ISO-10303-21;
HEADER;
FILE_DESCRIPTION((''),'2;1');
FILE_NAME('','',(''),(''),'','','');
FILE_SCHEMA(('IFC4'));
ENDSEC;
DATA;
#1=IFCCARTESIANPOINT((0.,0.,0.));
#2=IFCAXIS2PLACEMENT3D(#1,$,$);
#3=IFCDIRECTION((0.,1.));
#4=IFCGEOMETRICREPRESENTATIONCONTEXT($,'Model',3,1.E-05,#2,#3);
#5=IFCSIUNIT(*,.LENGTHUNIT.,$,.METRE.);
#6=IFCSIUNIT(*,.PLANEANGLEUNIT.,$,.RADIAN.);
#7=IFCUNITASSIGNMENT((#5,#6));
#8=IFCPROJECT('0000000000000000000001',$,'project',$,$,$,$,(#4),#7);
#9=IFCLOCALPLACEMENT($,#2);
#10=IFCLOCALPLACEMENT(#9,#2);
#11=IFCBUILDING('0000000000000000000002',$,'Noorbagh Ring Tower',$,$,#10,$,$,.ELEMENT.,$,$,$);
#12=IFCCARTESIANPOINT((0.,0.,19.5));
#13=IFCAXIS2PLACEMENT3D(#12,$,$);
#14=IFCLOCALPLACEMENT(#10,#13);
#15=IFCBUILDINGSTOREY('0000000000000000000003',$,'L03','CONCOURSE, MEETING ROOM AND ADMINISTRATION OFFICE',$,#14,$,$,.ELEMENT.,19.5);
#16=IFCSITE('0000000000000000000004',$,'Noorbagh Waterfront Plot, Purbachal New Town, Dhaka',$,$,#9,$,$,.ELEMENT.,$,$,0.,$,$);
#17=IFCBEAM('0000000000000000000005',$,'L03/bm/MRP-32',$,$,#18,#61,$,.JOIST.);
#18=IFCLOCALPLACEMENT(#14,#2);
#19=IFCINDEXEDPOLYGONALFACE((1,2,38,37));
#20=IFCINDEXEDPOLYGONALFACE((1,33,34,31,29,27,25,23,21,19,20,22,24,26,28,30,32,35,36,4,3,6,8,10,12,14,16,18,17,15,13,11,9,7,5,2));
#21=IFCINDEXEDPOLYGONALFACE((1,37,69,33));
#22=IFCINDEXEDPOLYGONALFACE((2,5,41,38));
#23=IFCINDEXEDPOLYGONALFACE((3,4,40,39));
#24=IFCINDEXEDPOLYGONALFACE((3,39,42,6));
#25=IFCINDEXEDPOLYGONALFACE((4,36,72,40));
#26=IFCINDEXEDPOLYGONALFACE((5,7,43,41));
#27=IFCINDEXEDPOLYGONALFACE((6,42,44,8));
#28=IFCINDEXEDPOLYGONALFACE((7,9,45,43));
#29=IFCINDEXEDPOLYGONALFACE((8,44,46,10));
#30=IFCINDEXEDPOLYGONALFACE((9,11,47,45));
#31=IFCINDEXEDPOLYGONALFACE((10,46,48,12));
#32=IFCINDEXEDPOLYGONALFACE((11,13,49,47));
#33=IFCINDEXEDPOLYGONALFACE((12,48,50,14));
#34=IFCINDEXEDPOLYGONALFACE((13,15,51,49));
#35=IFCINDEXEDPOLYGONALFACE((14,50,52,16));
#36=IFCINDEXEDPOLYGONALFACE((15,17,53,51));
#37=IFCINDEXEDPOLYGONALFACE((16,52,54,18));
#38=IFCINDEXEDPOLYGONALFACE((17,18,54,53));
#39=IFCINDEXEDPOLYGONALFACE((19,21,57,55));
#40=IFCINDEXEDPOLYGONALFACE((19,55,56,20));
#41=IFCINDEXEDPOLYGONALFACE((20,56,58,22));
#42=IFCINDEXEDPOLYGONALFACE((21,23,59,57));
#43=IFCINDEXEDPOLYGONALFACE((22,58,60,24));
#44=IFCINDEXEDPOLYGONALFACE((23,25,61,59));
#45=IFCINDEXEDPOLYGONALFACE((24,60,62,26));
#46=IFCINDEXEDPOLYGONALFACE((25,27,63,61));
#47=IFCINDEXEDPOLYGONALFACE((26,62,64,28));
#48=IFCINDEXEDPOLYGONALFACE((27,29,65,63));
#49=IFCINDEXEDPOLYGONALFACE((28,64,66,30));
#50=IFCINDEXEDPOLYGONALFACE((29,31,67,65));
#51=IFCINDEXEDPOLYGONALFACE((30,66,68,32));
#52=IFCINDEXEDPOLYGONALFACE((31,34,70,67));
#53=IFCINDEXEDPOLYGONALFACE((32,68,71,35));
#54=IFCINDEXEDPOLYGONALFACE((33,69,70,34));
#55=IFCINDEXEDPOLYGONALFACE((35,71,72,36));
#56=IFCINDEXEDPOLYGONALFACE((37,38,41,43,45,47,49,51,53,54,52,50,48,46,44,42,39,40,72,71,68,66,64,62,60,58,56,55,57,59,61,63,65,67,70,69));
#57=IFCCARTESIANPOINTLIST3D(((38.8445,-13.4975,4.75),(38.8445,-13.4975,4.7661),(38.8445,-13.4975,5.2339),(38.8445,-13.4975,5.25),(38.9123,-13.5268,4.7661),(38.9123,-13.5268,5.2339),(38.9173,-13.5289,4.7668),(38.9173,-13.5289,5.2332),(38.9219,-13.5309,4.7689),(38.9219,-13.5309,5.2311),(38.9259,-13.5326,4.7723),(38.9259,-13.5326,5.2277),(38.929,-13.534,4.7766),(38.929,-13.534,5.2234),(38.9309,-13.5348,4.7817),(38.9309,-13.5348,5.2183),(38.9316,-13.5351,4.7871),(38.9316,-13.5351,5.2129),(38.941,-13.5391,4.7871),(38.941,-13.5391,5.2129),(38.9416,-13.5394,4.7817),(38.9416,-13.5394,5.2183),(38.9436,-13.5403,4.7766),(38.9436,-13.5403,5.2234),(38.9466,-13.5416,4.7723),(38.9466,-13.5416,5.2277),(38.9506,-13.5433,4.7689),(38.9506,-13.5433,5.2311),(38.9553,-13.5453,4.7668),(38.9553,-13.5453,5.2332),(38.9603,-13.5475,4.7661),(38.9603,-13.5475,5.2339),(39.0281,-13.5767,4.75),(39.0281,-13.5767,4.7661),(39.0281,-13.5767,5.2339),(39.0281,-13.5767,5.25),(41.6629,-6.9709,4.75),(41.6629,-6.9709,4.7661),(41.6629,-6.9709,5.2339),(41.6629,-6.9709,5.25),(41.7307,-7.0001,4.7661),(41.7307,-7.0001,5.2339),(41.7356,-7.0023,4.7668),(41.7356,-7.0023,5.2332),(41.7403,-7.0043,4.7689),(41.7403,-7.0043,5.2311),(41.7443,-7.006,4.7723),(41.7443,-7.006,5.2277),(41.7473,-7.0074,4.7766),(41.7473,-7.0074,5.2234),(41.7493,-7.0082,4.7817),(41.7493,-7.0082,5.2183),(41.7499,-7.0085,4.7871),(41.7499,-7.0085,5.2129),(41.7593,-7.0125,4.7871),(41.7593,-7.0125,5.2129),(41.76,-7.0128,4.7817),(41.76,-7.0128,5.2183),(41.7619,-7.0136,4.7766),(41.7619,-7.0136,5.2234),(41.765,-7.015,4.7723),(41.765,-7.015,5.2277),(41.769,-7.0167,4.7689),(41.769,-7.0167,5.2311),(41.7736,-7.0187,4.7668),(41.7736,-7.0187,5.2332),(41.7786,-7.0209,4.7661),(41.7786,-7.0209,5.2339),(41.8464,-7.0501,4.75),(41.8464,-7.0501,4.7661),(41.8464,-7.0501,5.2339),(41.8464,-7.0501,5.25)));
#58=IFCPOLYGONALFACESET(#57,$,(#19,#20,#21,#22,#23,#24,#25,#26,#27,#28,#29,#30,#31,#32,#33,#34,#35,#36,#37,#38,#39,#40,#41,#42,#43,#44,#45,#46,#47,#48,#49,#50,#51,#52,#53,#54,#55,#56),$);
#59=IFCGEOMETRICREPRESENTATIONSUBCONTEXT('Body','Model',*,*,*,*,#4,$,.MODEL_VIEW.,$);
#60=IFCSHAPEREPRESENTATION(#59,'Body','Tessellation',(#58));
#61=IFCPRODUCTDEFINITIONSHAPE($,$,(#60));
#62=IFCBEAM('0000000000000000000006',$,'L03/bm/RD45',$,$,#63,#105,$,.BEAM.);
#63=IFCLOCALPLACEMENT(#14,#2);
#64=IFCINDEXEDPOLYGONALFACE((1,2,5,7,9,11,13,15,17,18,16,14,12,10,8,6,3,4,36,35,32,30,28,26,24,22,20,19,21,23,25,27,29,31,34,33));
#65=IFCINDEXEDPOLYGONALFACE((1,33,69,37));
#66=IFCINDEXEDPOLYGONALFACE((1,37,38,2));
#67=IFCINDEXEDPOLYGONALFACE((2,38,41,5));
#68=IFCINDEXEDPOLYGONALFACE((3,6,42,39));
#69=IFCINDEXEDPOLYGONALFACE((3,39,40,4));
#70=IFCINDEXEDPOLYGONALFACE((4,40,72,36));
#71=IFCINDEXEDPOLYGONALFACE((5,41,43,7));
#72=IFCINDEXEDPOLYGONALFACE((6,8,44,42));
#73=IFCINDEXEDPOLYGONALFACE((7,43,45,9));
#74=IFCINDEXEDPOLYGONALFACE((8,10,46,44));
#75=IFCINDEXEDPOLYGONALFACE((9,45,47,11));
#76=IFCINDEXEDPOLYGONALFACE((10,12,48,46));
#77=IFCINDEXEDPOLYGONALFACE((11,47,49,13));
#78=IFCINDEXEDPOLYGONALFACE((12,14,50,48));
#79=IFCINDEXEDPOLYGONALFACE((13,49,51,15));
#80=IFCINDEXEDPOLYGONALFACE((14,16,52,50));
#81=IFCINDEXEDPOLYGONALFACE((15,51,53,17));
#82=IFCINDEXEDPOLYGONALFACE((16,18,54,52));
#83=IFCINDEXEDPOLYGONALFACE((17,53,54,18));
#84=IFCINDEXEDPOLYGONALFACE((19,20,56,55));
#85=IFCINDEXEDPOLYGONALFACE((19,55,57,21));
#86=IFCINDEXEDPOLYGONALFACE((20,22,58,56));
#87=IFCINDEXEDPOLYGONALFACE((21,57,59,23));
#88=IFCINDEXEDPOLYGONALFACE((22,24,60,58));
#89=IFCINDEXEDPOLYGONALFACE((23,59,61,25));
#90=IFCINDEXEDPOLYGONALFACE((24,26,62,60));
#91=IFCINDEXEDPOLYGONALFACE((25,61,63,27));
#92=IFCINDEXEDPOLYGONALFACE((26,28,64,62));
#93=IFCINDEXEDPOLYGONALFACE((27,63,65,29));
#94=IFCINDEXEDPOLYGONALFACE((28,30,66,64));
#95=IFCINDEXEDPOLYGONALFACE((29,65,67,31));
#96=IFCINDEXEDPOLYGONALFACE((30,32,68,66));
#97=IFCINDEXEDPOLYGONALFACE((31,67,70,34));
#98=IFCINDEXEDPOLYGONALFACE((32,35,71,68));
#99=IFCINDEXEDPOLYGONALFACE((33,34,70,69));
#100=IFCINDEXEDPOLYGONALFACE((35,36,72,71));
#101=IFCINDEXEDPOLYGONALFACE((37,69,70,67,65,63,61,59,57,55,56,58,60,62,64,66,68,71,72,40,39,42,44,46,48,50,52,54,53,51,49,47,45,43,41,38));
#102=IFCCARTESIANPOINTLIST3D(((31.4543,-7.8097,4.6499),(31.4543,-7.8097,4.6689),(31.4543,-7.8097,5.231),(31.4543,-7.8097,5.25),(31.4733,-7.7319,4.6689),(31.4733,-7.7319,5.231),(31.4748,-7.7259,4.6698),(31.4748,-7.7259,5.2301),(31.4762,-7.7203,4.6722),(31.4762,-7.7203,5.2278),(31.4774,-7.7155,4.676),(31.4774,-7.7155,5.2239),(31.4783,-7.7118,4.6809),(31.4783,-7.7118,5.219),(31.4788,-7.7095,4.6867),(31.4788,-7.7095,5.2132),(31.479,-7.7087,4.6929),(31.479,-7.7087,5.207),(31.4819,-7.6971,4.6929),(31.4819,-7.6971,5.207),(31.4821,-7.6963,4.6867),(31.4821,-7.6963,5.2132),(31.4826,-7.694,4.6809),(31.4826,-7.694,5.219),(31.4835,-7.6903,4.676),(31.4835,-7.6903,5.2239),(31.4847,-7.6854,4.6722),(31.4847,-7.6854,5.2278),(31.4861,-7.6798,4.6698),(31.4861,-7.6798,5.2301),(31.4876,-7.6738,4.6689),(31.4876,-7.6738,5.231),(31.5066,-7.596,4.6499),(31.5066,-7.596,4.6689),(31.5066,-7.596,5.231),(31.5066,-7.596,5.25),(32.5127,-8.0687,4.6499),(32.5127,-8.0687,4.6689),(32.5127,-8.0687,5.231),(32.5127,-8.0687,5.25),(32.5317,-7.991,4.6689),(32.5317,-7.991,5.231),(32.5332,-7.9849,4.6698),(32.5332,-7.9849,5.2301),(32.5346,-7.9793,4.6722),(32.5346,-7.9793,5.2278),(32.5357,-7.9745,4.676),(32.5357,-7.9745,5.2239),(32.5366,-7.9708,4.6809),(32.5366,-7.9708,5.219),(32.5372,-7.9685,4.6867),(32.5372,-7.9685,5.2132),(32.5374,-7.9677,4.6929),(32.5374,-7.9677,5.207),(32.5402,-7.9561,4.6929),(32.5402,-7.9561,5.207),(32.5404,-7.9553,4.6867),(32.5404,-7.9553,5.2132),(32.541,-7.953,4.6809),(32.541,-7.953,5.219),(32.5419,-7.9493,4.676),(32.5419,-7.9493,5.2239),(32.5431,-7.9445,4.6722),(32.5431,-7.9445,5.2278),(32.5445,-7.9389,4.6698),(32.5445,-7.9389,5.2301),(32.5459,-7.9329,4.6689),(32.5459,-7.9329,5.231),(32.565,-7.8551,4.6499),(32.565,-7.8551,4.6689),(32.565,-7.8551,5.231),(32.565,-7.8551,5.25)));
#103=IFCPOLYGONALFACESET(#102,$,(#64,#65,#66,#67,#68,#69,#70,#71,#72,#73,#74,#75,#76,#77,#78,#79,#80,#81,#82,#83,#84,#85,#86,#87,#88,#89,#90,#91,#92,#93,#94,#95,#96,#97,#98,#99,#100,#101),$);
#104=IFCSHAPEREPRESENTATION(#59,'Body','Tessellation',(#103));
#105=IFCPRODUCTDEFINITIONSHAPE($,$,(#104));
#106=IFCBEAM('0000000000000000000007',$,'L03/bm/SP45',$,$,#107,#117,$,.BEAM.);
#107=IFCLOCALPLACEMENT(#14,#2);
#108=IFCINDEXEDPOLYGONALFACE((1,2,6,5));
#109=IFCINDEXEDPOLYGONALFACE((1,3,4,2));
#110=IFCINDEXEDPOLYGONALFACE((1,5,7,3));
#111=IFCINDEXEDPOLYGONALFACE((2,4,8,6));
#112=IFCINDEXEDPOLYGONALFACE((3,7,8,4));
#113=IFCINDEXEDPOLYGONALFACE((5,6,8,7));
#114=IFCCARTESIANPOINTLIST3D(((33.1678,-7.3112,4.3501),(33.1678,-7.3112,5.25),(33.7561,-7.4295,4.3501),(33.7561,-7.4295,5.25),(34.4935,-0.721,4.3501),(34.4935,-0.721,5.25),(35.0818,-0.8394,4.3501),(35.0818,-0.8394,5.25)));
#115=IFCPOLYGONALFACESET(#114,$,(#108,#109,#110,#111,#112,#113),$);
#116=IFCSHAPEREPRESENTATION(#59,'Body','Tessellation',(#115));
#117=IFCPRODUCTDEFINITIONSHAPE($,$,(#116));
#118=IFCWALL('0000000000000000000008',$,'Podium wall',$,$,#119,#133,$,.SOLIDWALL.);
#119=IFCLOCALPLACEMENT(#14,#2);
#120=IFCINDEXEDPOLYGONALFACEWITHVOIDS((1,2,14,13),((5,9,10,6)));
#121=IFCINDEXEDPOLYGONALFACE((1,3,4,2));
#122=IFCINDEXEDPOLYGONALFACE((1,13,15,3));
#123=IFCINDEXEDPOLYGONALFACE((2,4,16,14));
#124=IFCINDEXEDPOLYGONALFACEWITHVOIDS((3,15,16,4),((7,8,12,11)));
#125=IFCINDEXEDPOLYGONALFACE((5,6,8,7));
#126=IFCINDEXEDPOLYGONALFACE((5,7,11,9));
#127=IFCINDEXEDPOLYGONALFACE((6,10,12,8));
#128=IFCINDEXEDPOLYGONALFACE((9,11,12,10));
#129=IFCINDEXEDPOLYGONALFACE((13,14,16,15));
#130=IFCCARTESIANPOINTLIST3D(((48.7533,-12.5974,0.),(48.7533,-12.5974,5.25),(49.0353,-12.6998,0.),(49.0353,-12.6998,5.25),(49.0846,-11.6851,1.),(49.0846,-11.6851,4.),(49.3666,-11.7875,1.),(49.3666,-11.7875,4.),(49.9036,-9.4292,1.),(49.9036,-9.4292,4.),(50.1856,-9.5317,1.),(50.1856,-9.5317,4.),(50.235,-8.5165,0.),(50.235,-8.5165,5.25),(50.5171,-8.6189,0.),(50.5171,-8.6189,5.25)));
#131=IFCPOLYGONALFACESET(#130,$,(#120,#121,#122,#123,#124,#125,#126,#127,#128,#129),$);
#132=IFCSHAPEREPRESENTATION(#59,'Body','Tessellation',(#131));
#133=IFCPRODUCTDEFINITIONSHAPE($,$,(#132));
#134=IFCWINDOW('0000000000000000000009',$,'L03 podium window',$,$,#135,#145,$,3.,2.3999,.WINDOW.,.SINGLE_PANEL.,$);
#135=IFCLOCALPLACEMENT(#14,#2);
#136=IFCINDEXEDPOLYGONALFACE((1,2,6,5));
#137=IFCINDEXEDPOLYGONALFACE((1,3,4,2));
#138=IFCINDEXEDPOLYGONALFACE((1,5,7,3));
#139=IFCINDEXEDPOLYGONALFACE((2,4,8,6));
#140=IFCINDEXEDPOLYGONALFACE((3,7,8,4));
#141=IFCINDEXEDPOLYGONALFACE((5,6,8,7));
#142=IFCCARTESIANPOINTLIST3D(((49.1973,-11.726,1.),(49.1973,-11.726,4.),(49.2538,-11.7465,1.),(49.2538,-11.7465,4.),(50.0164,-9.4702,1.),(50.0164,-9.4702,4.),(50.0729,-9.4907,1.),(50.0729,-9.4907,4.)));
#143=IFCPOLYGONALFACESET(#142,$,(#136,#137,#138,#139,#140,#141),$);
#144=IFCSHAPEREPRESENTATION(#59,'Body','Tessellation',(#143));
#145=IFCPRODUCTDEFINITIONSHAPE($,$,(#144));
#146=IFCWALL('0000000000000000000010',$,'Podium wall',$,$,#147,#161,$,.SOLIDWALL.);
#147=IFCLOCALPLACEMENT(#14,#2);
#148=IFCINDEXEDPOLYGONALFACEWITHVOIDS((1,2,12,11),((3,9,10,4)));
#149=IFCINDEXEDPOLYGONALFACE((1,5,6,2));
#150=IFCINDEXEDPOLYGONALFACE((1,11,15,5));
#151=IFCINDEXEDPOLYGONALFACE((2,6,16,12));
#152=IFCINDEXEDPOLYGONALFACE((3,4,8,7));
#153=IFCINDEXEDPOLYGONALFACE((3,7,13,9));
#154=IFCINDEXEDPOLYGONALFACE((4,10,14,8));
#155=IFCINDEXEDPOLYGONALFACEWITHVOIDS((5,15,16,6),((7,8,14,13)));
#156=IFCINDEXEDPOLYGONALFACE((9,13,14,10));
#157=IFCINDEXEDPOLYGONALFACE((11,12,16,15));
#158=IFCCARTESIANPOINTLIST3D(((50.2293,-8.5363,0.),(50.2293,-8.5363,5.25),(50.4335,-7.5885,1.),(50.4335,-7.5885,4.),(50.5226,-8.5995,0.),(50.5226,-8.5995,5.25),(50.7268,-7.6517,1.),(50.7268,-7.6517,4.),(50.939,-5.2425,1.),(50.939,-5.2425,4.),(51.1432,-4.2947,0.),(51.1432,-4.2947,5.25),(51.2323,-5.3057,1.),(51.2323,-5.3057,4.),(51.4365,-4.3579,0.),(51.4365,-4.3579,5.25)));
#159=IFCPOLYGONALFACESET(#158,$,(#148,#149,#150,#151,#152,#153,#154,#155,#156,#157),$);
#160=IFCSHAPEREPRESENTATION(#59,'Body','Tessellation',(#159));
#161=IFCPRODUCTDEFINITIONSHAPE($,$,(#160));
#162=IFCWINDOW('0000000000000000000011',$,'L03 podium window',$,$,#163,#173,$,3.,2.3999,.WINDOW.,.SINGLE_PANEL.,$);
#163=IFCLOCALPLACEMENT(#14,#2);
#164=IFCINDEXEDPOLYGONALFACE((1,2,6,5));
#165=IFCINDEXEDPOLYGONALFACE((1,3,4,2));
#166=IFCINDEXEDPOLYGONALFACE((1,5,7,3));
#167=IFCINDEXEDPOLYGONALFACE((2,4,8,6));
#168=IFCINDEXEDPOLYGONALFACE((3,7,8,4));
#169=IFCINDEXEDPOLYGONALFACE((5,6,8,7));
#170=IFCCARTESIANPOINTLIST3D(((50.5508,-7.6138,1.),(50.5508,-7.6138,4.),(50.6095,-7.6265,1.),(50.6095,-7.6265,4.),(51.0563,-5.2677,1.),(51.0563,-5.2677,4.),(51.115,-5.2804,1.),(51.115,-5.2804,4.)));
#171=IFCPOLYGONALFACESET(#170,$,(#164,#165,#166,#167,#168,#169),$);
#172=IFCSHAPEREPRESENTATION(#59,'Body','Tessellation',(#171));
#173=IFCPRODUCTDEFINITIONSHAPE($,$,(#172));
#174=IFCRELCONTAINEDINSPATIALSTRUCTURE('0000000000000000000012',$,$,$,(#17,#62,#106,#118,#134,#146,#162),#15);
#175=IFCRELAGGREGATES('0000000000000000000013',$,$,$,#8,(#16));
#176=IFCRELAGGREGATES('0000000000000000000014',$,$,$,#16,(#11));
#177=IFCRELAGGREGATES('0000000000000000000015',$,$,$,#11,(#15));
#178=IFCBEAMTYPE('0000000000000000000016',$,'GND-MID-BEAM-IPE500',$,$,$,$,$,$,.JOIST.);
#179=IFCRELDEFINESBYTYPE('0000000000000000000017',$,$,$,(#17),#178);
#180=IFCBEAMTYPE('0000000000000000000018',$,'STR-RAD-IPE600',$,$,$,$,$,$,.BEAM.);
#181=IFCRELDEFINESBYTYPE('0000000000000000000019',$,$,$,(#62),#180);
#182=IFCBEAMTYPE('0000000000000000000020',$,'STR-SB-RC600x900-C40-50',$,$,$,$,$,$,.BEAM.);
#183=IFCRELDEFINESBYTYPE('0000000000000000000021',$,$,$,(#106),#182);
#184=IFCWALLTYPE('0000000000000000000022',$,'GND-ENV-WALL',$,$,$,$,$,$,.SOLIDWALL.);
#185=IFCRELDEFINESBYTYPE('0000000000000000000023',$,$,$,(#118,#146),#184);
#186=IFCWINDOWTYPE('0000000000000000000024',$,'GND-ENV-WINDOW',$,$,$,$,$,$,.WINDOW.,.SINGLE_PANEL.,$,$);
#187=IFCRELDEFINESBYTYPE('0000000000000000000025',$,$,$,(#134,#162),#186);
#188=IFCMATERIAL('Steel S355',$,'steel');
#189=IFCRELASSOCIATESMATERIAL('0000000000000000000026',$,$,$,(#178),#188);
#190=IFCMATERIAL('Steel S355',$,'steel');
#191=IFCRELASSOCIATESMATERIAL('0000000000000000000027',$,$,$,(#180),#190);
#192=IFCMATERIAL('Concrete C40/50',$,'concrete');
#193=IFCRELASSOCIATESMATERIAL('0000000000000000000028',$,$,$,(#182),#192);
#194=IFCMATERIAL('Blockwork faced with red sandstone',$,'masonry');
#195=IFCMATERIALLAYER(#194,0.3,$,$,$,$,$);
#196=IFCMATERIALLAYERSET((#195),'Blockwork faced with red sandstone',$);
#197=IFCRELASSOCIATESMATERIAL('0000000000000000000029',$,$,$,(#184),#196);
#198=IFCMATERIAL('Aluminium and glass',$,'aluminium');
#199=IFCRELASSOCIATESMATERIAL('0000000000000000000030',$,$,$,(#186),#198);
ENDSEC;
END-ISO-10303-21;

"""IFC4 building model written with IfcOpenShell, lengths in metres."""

from ifc_helpers import new_model, si_unit, direction, frame, frame_2d, origin, origin_2d, place, context, subcontext, project, spatial, rectangle, i_section, extrude, material, layer, layer_set, material_profile, profile_set, type_object, element, fill, save


model = new_model("IFC4")

# Units and contexts
model_context = context("Model", 3, precision=1e-05, world=origin(), true_north=direction((0.0, 1.0)))
body_context = subcontext(model_context, "Body", "Model", "MODEL_VIEW")
ifc_project = project(units=[si_unit("LENGTHUNIT", "METRE"), si_unit("PLANEANGLEUNIT", "RADIAN")], contexts=[model_context])

# Site, building, storey
site_placement = place(None, origin())
site = spatial("IfcSite", under=ifc_project, at=site_placement, Name="Noorbagh Waterfront Plot, Purbachal New Town, Dhaka", CompositionType="ELEMENT", RefElevation=0.0)
building_placement = place(site_placement, origin())
building = spatial("IfcBuilding", under=site, at=building_placement, Name="Noorbagh Ring Tower", CompositionType="ELEMENT")
storey_placement = place(building_placement, frame((0.0, 0.0, 19.5)))
storey = spatial("IfcBuildingStorey", under=building, at=storey_placement, Name="L03", Description="CONCOURSE, MEETING ROOM AND ADMINISTRATION OFFICE", CompositionType="ELEMENT", Elevation=19.5)

# Beams
ifc_material_1 = material(Name="Steel S355", Category="steel")
ifc_material_profile_1 = material_profile(ifc_material_1, i_section(OverallWidth=0.2, OverallDepth=0.5, WebThickness=0.0103, FlangeThickness=0.0161, FilletRadius=0.021, at=origin_2d()), Name="IPE500")
ifc_profile_set_1 = profile_set([ifc_material_profile_1], Name="Steel S355")
beam_type_1 = type_object("IfcBeamType", Name="GND-MID-BEAM-IPE500", PredefinedType="JOIST", material=ifc_profile_set_1)
beam_1_placement = place(storey_placement, frame((38.9363, -13.5371, 5.0), z_axis=(0.396442, 0.91806, 0.0), x_axis=(-0.91806, 0.396442, 0.0)))
element("IfcBeam", 1, at=beam_1_placement, inside=storey, type_object=beam_type_1, Name="L03/bm/MRP-32", PredefinedType="JOIST", context=body_context, shape_type="SweptSolid", body=[
    extrude(i_section(OverallWidth=0.2, OverallDepth=0.5, WebThickness=0.0103, FlangeThickness=0.0161, FilletRadius=0.021, at=origin_2d()), origin(), (0.0, 0.0, 1.0), 7.1091),
])
ifc_material_2 = material(Name="Steel S355", Category="steel")
ifc_material_profile_2 = material_profile(ifc_material_2, i_section(OverallWidth=0.22, OverallDepth=0.6001, WebThickness=0.012, FlangeThickness=0.019, FilletRadius=0.0239, at=origin_2d()), Name="IPE600")
ifc_profile_set_2 = profile_set([ifc_material_profile_2], Name="Steel S355")
beam_type_2 = type_object("IfcBeamType", Name="STR-RAD-IPE600", PredefinedType="BEAM", material=ifc_profile_set_2)
beam_2_placement = place(storey_placement, frame((32.5388, -7.9619, 4.95), z_axis=(-0.97133, 0.237735, 0.0), x_axis=(-0.237735, -0.97133, 0.0)))
element("IfcBeam", 2, at=beam_2_placement, inside=storey, type_object=beam_type_2, Name="L03/bm/RD45", PredefinedType="BEAM", context=body_context, shape_type="SweptSolid", body=[
    extrude(i_section(OverallWidth=0.22, OverallDepth=0.6001, WebThickness=0.012, FlangeThickness=0.019, FilletRadius=0.0239, at=origin_2d()), origin(), (0.0, 0.0, 1.0), 1.0896),
])
ifc_material_3 = material(Name="Concrete C40/50", Category="concrete")
ifc_material_profile_3 = material_profile(ifc_material_3, rectangle(XDim=0.6001, YDim=0.8999, at=origin_2d()), Name="RC600x900")
ifc_profile_set_3 = profile_set([ifc_material_profile_3], Name="Concrete C40/50")
beam_type_3 = type_object("IfcBeamType", Name="STR-SB-RC600x900-C40-50", PredefinedType="BEAM", material=ifc_profile_set_3)
beam_3_placement = place(storey_placement, frame((33.4619, -7.3704, 4.8), z_axis=(0.197213, 0.980361, 0.0), x_axis=(-0.980361, 0.197213, 0.0)))
element("IfcBeam", 3, at=beam_3_placement, inside=storey, type_object=beam_type_3, Name="L03/bm/SP45", PredefinedType="BEAM", context=body_context, shape_type="SweptSolid", body=[
    extrude(rectangle(XDim=0.6001, YDim=0.8999, at=origin_2d()), origin(), (0.0, 0.0, 1.0), 6.7222),
])

# Walls, openings, windows
ifc_material_4 = material(Name="Blockwork faced with red sandstone", Category="masonry")
ifc_layer_1 = layer(ifc_material_4, 0.3)
ifc_layer_set_1 = layer_set([ifc_layer_1], Name="Blockwork faced with red sandstone")
wall_type_1 = type_object("IfcWallType", Name="GND-ENV-WALL", PredefinedType="SOLIDWALL", material=ifc_layer_set_1)
wall_1_placement = place(storey_placement, frame((48.8943, -12.6487, 0.0), z_axis=(0.0, 0.0, 1.0), x_axis=(0.341287, 0.939959, 0.0)))
wall_1 = element("IfcWall", 4, at=wall_1_placement, inside=storey, type_object=wall_type_1, Name="Podium wall", PredefinedType="SOLIDWALL", context=body_context, shape_type="SweptSolid", body=[
    extrude(rectangle(XDim=4.3416, YDim=0.3, at=frame_2d((2.1709, 0.0))), origin(), (0.0, 0.0, 1.0), 5.25),
])
opening_1_placement = place(wall_1_placement, frame((0.9707, 0.0, 1.0)))
opening_1 = element("IfcOpeningElement", 5, at=opening_1_placement, cuts=wall_1, PredefinedType="OPENING", context=body_context, shape_type="SweptSolid", body=[
    extrude(rectangle(XDim=2.3999, YDim=3.0, at=frame_2d((1.2, 1.5))), frame((0.0, 0.1602, 0.0), z_axis=(0.0, -1.0, 0.0), x_axis=(1.0, 0.0, 0.0)), (0.0, 0.0, 1.0), 0.3201),
])
ifc_material_5 = material(Name="Aluminium and glass", Category="aluminium")
window_type = type_object("IfcWindowType", Name="GND-ENV-WINDOW", PartitioningType="SINGLE_PANEL", PredefinedType="WINDOW", material=ifc_material_5)
window_1_placement = place(opening_1_placement, origin())
window_1 = element("IfcWindow", 6, at=window_1_placement, inside=storey, type_object=window_type, Name="L03 podium window", OverallHeight=3.0, OverallWidth=2.3999, PartitioningType="SINGLE_PANEL", PredefinedType="WINDOW", context=body_context, shape_type="SweptSolid", body=[
    extrude(rectangle(XDim=2.3999, YDim=3.0, at=frame_2d((1.2, 1.5))), frame((0.0, 0.03, 0.0), z_axis=(0.0, -1.0, 0.0), x_axis=(1.0, 0.0, 0.0)), (0.0, 0.0, 1.0), 0.0601),
])
fill(opening_1, window_1)
wall_2_placement = place(storey_placement, frame((50.376, -8.5679, 0.0), z_axis=(0.0, 0.0, 1.0), x_axis=(0.210616, 0.977569, 0.0)))
wall_2 = element("IfcWall", 7, at=wall_2_placement, inside=storey, type_object=wall_type_1, Name="Podium wall", PredefinedType="SOLIDWALL", context=body_context, shape_type="SweptSolid", body=[
    extrude(rectangle(XDim=4.3389, YDim=0.3, at=frame_2d((2.1694, 0.0))), origin(), (0.0, 0.0, 1.0), 5.25),
])
opening_2_placement = place(wall_2_placement, frame((0.9695, 0.0, 1.0)))
opening_2 = element("IfcOpeningElement", 8, at=opening_2_placement, cuts=wall_2, PredefinedType="OPENING", context=body_context, shape_type="SweptSolid", body=[
    extrude(rectangle(XDim=2.3999, YDim=3.0, at=frame_2d((1.2, 1.5))), frame((0.0, 0.1602, 0.0), z_axis=(0.0, -1.0, 0.0), x_axis=(1.0, 0.0, 0.0)), (0.0, 0.0, 1.0), 0.3201),
])
window_2_placement = place(opening_2_placement, origin())
window_2 = element("IfcWindow", 9, at=window_2_placement, inside=storey, type_object=window_type, Name="L03 podium window", OverallHeight=3.0, OverallWidth=2.3999, PartitioningType="SINGLE_PANEL", PredefinedType="WINDOW", context=body_context, shape_type="SweptSolid", body=[
    extrude(rectangle(XDim=2.3999, YDim=3.0, at=frame_2d((1.2, 1.5))), frame((0.0, 0.03, 0.0), z_axis=(0.0, -1.0, 0.0), x_axis=(1.0, 0.0, 0.0)), (0.0, 0.0, 1.0), 0.0601),
])
fill(opening_2, window_2)

save(model, "model.ifc")
